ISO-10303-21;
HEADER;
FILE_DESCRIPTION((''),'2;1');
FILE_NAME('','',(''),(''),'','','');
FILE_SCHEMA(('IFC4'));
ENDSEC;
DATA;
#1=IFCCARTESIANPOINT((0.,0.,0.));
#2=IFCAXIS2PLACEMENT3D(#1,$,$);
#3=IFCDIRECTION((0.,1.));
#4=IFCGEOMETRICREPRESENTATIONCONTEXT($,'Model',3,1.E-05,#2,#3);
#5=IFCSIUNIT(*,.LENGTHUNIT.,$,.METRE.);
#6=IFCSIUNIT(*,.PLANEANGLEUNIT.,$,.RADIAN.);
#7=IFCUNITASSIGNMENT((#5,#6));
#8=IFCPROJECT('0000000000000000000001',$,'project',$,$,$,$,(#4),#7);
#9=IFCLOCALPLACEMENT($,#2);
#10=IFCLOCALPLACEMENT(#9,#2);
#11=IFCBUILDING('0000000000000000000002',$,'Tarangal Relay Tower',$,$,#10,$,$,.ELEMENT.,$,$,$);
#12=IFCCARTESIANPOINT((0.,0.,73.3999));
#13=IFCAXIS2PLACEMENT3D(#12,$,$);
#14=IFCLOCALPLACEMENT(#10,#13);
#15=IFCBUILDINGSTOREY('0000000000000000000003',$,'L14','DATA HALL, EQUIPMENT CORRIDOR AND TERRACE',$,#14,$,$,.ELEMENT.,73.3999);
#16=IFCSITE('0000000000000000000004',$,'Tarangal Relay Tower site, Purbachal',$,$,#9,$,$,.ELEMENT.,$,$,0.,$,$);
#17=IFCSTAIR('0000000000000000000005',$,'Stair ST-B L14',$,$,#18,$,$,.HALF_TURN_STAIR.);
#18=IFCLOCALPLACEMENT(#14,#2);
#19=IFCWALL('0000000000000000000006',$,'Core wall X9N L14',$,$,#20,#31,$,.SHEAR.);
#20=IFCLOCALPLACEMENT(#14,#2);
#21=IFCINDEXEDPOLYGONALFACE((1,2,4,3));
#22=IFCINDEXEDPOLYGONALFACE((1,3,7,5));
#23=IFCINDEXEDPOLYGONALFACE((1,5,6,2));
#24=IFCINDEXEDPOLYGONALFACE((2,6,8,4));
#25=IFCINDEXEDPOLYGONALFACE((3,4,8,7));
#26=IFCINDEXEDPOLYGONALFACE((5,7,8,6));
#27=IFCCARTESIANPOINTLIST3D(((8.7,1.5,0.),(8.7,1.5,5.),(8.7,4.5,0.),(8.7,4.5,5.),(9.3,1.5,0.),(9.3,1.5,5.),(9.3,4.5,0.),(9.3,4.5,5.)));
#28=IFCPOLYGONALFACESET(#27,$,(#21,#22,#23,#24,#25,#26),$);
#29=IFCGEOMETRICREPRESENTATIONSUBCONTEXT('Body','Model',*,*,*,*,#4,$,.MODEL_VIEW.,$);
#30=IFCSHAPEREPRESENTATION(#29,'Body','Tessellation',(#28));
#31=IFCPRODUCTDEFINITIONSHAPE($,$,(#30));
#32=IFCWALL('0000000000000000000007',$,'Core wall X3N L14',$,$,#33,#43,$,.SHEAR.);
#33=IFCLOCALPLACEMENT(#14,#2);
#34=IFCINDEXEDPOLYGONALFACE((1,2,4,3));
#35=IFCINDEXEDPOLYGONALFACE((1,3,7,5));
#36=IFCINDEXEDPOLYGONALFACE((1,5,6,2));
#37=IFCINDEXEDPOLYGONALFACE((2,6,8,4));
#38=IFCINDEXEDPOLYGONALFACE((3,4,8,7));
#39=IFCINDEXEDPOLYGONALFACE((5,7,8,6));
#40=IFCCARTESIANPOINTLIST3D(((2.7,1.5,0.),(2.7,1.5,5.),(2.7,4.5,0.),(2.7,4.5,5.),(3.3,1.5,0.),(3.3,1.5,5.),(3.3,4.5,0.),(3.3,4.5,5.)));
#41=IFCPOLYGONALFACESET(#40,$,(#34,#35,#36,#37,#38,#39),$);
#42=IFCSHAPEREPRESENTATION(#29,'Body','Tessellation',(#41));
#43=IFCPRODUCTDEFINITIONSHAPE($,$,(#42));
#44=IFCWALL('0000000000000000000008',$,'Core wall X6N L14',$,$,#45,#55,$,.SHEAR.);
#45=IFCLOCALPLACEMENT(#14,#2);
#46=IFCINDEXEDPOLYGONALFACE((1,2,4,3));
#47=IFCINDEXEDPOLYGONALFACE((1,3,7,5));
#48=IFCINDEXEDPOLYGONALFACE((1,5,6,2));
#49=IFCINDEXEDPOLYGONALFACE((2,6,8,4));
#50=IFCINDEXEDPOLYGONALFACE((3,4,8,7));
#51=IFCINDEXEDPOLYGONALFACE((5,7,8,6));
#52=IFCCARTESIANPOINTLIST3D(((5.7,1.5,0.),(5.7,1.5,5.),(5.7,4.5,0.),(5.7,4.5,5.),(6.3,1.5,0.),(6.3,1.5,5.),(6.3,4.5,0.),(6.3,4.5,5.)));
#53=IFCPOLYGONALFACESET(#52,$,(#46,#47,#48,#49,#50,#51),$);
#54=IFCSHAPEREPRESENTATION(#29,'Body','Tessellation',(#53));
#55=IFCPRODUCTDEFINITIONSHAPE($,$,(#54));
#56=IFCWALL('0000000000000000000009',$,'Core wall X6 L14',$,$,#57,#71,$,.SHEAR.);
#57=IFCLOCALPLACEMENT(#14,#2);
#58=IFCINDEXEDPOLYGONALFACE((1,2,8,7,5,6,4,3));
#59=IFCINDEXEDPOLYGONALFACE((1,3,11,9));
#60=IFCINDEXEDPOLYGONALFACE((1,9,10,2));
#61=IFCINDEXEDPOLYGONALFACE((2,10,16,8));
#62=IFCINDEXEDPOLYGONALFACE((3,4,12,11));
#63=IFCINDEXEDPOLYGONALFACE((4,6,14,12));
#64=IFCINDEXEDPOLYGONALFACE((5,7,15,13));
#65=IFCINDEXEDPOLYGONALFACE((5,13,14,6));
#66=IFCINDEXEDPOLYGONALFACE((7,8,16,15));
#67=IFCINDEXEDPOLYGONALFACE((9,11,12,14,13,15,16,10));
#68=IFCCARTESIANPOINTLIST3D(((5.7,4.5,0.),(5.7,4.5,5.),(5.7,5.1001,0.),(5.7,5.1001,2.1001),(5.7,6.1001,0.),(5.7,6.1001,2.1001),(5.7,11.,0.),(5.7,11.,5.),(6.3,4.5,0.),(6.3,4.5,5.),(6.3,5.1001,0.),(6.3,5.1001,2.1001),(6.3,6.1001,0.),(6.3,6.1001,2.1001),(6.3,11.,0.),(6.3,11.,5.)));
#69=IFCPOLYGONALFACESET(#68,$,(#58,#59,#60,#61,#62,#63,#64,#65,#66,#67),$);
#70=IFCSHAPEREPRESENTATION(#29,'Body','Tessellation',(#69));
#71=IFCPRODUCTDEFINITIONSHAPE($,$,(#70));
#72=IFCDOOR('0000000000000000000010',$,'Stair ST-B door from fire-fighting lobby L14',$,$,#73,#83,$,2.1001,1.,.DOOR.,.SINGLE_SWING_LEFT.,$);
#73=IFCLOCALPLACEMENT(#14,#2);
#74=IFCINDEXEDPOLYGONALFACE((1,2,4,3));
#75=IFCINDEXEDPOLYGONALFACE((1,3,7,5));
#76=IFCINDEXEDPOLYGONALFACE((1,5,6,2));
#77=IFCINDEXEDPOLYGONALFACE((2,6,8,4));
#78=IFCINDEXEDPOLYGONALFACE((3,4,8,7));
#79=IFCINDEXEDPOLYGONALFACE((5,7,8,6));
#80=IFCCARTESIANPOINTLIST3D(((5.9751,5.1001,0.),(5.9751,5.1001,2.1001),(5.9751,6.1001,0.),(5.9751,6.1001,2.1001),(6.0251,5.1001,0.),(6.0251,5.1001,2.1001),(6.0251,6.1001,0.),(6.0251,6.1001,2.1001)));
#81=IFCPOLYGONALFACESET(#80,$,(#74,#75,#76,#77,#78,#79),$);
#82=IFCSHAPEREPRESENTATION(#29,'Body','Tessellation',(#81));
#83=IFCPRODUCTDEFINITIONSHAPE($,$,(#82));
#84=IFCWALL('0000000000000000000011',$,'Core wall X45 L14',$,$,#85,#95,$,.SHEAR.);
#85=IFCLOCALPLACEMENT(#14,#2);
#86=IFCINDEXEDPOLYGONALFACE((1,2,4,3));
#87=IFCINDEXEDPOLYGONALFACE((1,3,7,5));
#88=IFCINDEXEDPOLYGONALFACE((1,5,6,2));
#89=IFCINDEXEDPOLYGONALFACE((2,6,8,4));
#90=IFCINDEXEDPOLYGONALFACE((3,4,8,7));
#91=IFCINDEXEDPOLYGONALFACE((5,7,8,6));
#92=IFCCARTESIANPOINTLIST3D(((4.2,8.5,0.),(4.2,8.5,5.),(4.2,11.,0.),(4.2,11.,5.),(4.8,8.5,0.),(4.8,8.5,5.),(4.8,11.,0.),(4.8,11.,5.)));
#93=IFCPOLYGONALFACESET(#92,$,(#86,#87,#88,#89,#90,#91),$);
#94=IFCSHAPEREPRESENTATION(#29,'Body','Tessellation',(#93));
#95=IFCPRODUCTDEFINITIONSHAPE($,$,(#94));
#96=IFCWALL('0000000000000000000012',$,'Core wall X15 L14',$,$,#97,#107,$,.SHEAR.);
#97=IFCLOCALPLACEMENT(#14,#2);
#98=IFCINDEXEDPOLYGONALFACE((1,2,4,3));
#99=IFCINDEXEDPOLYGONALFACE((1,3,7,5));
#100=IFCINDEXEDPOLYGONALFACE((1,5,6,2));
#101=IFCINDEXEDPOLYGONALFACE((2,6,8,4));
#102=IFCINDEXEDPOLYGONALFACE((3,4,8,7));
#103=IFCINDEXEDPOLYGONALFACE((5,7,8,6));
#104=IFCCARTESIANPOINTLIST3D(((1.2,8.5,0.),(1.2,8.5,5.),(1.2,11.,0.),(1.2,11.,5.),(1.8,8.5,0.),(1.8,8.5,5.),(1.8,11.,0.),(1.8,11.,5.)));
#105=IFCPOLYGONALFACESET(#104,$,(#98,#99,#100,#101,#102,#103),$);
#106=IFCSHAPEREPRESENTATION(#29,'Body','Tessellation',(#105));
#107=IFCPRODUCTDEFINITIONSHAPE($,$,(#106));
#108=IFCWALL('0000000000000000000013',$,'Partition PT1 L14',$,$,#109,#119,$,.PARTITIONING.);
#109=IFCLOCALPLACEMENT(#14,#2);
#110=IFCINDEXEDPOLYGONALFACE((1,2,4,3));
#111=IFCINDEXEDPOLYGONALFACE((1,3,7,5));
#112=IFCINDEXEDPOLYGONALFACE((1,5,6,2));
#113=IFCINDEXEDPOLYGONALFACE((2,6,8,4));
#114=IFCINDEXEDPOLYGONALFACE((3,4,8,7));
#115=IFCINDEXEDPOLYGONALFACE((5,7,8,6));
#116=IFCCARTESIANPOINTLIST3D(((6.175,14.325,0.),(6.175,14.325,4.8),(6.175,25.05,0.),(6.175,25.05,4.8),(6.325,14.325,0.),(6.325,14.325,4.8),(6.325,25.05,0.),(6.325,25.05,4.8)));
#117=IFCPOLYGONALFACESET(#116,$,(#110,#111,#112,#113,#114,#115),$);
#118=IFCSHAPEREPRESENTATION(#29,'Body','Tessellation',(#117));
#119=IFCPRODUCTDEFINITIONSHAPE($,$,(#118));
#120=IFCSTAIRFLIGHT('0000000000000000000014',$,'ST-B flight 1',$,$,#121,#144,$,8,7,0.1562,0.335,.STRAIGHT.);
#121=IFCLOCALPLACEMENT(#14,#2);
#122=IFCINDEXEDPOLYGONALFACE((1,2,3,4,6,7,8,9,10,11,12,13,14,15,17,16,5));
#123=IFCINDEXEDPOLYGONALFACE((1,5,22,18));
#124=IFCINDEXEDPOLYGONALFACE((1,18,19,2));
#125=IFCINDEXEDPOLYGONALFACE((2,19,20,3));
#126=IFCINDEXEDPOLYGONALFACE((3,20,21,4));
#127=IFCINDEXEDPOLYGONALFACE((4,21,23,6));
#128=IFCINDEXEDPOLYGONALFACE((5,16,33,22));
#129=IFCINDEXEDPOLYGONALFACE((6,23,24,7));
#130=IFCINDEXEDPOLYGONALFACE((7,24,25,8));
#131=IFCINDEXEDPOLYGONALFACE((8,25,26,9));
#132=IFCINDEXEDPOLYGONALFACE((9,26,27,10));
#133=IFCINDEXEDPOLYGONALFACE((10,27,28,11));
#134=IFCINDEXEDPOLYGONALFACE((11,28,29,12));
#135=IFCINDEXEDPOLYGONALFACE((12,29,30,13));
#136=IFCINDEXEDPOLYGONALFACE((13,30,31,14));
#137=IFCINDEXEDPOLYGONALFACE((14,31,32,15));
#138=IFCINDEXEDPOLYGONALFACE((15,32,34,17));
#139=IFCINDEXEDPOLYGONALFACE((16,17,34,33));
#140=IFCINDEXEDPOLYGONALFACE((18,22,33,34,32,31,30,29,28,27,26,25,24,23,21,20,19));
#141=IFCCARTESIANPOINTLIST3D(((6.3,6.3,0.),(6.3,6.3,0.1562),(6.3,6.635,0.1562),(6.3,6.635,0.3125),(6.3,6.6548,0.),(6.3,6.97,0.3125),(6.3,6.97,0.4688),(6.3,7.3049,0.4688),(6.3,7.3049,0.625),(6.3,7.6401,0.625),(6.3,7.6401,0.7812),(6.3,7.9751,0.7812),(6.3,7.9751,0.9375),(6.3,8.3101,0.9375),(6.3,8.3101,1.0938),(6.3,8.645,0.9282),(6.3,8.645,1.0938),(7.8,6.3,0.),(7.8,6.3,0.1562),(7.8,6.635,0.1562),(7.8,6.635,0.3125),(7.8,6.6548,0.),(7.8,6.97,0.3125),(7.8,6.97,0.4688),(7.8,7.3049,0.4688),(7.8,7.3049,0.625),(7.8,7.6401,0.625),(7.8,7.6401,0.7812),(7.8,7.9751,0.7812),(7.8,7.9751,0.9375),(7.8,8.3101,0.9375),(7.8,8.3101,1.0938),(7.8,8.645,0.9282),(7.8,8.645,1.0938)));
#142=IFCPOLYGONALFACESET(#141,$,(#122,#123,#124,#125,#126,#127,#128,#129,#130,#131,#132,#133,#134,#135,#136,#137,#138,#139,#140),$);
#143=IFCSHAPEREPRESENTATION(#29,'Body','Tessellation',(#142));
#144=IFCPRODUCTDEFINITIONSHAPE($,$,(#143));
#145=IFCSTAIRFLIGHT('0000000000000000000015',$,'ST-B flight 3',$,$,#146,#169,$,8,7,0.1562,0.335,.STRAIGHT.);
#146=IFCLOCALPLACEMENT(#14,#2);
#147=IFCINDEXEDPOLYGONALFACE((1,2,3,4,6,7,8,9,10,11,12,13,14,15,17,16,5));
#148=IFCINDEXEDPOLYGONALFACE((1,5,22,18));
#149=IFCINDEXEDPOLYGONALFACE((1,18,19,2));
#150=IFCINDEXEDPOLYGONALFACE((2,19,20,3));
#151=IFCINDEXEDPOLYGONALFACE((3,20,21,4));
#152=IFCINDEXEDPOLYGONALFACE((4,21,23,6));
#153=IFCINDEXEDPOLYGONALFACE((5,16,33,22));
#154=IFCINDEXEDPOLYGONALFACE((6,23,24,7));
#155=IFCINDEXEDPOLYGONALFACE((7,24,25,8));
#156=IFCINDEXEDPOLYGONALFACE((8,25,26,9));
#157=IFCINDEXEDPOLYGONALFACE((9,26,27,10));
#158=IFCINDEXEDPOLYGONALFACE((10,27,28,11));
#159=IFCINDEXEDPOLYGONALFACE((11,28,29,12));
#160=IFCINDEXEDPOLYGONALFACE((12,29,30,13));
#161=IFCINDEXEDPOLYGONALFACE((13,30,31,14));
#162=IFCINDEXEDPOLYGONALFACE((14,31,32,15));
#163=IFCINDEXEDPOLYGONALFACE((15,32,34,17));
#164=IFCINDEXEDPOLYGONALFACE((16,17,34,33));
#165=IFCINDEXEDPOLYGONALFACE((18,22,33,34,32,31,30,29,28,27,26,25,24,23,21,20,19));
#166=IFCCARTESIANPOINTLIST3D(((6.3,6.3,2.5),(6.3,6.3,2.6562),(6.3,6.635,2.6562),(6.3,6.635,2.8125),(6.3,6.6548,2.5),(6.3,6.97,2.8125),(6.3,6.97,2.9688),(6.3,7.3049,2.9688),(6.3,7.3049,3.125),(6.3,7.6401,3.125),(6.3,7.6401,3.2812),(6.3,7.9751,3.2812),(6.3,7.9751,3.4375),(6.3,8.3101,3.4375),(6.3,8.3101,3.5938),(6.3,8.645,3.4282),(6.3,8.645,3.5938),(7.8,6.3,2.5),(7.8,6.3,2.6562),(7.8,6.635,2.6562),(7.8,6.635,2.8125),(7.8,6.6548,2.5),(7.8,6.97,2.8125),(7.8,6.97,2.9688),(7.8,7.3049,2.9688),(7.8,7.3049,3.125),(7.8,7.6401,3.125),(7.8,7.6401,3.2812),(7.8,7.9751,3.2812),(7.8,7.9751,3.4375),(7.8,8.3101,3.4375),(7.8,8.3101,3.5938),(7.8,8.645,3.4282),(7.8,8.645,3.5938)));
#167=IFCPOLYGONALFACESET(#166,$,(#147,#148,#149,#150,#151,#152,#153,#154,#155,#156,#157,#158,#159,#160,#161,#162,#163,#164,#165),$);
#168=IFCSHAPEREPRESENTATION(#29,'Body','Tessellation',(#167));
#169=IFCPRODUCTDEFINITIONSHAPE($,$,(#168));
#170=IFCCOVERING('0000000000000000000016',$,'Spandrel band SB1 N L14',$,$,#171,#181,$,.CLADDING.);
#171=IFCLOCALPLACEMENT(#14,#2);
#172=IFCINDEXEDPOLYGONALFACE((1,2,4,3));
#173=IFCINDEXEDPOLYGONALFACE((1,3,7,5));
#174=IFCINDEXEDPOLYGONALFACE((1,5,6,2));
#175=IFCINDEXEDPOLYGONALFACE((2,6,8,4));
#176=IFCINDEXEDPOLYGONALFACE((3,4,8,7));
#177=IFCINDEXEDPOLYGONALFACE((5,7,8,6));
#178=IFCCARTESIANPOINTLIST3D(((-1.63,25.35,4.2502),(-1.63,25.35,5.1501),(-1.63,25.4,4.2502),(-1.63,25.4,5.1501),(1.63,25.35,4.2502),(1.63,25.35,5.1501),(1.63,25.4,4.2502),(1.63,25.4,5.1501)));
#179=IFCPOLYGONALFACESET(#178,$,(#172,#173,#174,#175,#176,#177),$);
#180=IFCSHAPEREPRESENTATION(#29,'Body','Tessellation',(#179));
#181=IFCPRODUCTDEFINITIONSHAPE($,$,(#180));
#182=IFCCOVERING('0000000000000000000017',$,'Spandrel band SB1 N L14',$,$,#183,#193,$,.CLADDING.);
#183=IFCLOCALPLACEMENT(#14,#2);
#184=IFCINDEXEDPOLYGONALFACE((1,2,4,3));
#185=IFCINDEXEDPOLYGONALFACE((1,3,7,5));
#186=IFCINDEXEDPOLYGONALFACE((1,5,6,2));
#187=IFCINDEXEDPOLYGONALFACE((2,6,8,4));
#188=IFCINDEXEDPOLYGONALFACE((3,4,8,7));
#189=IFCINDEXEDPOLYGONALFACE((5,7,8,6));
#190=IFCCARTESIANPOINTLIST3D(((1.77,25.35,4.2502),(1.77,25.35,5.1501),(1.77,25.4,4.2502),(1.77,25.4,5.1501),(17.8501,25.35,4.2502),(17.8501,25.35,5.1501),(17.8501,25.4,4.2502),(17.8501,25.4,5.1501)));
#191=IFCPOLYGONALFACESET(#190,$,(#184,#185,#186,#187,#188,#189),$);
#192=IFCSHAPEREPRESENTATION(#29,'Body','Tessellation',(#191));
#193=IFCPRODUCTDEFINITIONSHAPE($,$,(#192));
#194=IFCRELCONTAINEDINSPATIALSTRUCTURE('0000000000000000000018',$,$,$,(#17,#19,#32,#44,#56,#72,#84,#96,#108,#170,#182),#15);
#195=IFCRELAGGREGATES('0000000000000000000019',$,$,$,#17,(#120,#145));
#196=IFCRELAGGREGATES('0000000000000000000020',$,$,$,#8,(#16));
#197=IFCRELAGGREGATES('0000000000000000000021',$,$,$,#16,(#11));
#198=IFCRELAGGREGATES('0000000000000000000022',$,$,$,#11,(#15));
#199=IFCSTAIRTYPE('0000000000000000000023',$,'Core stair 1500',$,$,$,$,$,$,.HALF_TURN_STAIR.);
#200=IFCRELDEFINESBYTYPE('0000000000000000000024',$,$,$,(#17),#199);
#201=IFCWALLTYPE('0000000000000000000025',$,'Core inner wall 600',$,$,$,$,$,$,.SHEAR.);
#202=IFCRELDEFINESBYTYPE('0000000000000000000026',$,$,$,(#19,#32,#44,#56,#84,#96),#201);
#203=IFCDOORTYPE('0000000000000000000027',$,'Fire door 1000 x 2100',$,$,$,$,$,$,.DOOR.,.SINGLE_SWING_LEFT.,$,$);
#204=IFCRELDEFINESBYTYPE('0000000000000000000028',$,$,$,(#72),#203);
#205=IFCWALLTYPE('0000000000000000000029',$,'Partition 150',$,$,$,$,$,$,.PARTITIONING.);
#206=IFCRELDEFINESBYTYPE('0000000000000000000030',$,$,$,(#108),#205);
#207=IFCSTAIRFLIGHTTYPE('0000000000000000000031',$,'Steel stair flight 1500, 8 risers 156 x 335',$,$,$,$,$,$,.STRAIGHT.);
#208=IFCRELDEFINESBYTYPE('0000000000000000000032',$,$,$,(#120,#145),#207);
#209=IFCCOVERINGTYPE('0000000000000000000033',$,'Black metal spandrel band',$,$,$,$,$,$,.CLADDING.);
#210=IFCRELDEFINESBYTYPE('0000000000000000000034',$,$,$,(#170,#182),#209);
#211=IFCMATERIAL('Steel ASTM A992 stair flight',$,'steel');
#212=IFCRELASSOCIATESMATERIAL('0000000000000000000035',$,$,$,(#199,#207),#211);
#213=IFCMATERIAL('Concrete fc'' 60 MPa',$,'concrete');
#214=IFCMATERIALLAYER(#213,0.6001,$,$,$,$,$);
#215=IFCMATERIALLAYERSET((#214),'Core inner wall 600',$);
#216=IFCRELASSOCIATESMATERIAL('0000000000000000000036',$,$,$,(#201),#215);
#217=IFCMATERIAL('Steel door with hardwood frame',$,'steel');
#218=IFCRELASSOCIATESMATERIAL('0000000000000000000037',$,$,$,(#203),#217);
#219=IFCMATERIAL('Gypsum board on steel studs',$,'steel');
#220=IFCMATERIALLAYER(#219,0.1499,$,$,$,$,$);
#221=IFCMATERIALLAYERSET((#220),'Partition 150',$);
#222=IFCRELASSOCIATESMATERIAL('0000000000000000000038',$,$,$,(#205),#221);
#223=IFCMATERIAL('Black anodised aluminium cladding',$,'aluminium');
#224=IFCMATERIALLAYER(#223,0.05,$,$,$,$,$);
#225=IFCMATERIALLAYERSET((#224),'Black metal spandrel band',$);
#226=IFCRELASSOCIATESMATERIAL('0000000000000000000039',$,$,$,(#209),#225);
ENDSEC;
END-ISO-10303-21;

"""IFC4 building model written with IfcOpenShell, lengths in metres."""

from ifc_helpers import new_model, si_unit, direction, frame, frame_2d, origin, origin_2d, place, context, subcontext, project, spatial, polyline, rectangle, outline, extrude, material, layer, layer_set, type_object, element, fill, aggregate, save


model = new_model("IFC4")

# Units and contexts
model_context = context("Model", 3, precision=1e-05, world=origin(), true_north=direction((0.0, 1.0)))
body_context = subcontext(model_context, "Body", "Model", "MODEL_VIEW")
ifc_project = project(units=[si_unit("LENGTHUNIT", "METRE"), si_unit("PLANEANGLEUNIT", "RADIAN")], contexts=[model_context])

# Site, building, storey
site_placement = place(None, origin())
site = spatial("IfcSite", under=ifc_project, at=site_placement, Name="Tarangal Relay Tower site, Purbachal", CompositionType="ELEMENT", RefElevation=0.0)
building_placement = place(site_placement, origin())
building = spatial("IfcBuilding", under=site, at=building_placement, Name="Tarangal Relay Tower", CompositionType="ELEMENT")
storey_placement = place(building_placement, frame((0.0, 0.0, 73.3999)))
storey = spatial("IfcBuildingStorey", under=building, at=storey_placement, Name="L14", Description="DATA HALL, EQUIPMENT CORRIDOR AND TERRACE", CompositionType="ELEMENT", Elevation=73.3999)

# Stair
ifc_material_1 = material(Name="Steel ASTM A992 stair flight", Category="steel")
stair_type = type_object("IfcStairType", Name="Core stair 1500", PredefinedType="HALF_TURN_STAIR", material=ifc_material_1)
stair_1_placement = place(storey_placement, origin())
stair_1 = element("IfcStair", 1, at=stair_1_placement, inside=storey, type_object=stair_type, Name="Stair ST-B L14", PredefinedType="HALF_TURN_STAIR")

# Walls
ifc_material_2 = material(Name="Concrete fc' 60 MPa", Category="concrete")
ifc_layer_1 = layer(ifc_material_2, 0.6001)
ifc_layer_set_1 = layer_set([ifc_layer_1], Name="Core inner wall 600")
wall_type_1 = type_object("IfcWallType", Name="Core inner wall 600", PredefinedType="SHEAR", material=ifc_layer_set_1)
for number, where, z_axis, x_axis, name in (
    (2, (9.0, 1.5, 0.0), (0.0, 0.0, 1.0), (0.0, 1.0, 0.0), "Core wall X9N L14"),
    (3, (3.0, 1.5, 0.0), (0.0, 0.0, 1.0), (0.0, 1.0, 0.0), "Core wall X3N L14"),
    (4, (6.0, 1.5, 0.0), (0.0, 0.0, 1.0), (0.0, 1.0, 0.0), "Core wall X6N L14"),
):
    element("IfcWall", number, at=place(storey_placement, frame(where, z_axis=z_axis, x_axis=x_axis)), inside=storey, type_object=wall_type_1, Name=name, PredefinedType="SHEAR", context=body_context, shape_type="SweptSolid", body=[
        extrude(rectangle(XDim=3.0, YDim=0.6001, at=frame_2d((1.5, 0.0))), origin(), (0.0, 0.0, 1.0), 5.0),
    ])

# Wall, opening, door
wall_1_placement = place(storey_placement, frame((6.0, 4.5, 0.0), z_axis=(0.0, 0.0, 1.0), x_axis=(0.0, 1.0, 0.0)))
wall_1 = element("IfcWall", 5, at=wall_1_placement, inside=storey, type_object=wall_type_1, Name="Core wall X6 L14", PredefinedType="SHEAR", context=body_context, shape_type="SweptSolid", body=[
    extrude(rectangle(XDim=6.5, YDim=0.6001, at=frame_2d((3.25, 0.0))), origin(), (0.0, 0.0, 1.0), 5.0),
])
opening_placement = place(wall_1_placement, frame((0.6001, 0.0, 0.0)))
opening = element("IfcOpeningElement", 6, at=opening_placement, cuts=wall_1, PredefinedType="OPENING", context=body_context, shape_type="SweptSolid", body=[
    extrude(rectangle(XDim=1.0, YDim=2.1001, at=frame_2d((0.5, 1.05))), frame((0.0, 0.3101, 0.0), z_axis=(0.0, -1.0, 0.0), x_axis=(1.0, 0.0, 0.0)), (0.0, 0.0, 1.0), 0.6201),
])
ifc_material_3 = material(Name="Steel door with hardwood frame", Category="steel")
door_type = type_object("IfcDoorType", Name="Fire door 1000 x 2100", OperationType="SINGLE_SWING_LEFT", PredefinedType="DOOR", material=ifc_material_3)
door_placement = place(opening_placement, origin())
door = element("IfcDoor", 7, at=door_placement, inside=storey, type_object=door_type, Name="Stair ST-B door from fire-fighting lobby L14", OperationType="SINGLE_SWING_LEFT", OverallHeight=2.1001, OverallWidth=1.0, PredefinedType="DOOR", context=body_context, shape_type="SweptSolid", body=[
    extrude(rectangle(XDim=1.0, YDim=2.1001, at=frame_2d((0.5, 1.05))), frame((0.0, 0.0249, 0.0), z_axis=(0.0, -1.0, 0.0), x_axis=(1.0, 0.0, 0.0)), (0.0, 0.0, 1.0), 0.05),
])
fill(opening, door)

# Walls
for number, where, z_axis, x_axis, name in (
    (8, (4.5, 8.5, 0.0), (0.0, 0.0, 1.0), (0.0, 1.0, 0.0), "Core wall X45 L14"),
    (9, (1.5, 8.5, 0.0), (0.0, 0.0, 1.0), (0.0, 1.0, 0.0), "Core wall X15 L14"),
):
    element("IfcWall", number, at=place(storey_placement, frame(where, z_axis=z_axis, x_axis=x_axis)), inside=storey, type_object=wall_type_1, Name=name, PredefinedType="SHEAR", context=body_context, shape_type="SweptSolid", body=[
        extrude(rectangle(XDim=2.5, YDim=0.6001, at=frame_2d((1.25, 0.0))), origin(), (0.0, 0.0, 1.0), 5.0),
    ])
ifc_material_4 = material(Name="Gypsum board on steel studs", Category="steel")
ifc_layer_2 = layer(ifc_material_4, 0.1499)
ifc_layer_set_2 = layer_set([ifc_layer_2], Name="Partition 150")
wall_type_2 = type_object("IfcWallType", Name="Partition 150", PredefinedType="PARTITIONING", material=ifc_layer_set_2)
wall_2_placement = place(storey_placement, frame((6.25, 14.325, 0.0), z_axis=(0.0, 0.0, 1.0), x_axis=(0.0, 1.0, 0.0)))
element("IfcWall", 10, at=wall_2_placement, inside=storey, type_object=wall_type_2, Name="Partition PT1 L14", PredefinedType="PARTITIONING", context=body_context, shape_type="SweptSolid", body=[
    extrude(rectangle(XDim=10.7251, YDim=0.1499, at=frame_2d((5.3625, 0.0))), origin(), (0.0, 0.0, 1.0), 4.8),
])

# Stair flights
stair_flight_type = type_object("IfcStairFlightType", Name="Steel stair flight 1500, 8 risers 156 x 335", PredefinedType="STRAIGHT", material=ifc_material_1)
stair_flight_1_placement = place(storey_placement, frame((7.05, 6.3, 0.0), z_axis=(0.0, 0.0, 1.0), x_axis=(0.0, 1.0, 0.0)))
stair_flight_1 = element("IfcStairFlight", 11, at=stair_flight_1_placement, type_object=stair_flight_type, Name="ST-B flight 1", NumberOfRisers=8, NumberOfTreads=7, PredefinedType="STRAIGHT", RiserHeight=0.1562, TreadLength=0.335, context=body_context, shape_type="SweptSolid", body=[
    extrude(outline(polyline([(0.0, 0.0), (0.0, 0.1562), (0.335, 0.1562), (0.335, 0.3125), (0.6699, 0.3125), (0.6699, 0.4688), (1.0049, 0.4688), (1.0049, 0.625), (1.3401, 0.625), (1.3401, 0.7812), (1.675, 0.7812), (1.675, 0.9375), (2.01, 0.9375), (2.01, 1.0938), (2.345, 1.0938), (2.345, 1.25), (2.345, 0.9282), (0.3547, 0.0), (0.0, 0.0)])), frame((0.0, 0.75, 0.0), z_axis=(0.0, -1.0, 0.0), x_axis=(1.0, 0.0, 0.0)), (0.0, 0.0, 1.0), 1.5),
])
stair_flight_2_placement = place(storey_placement, frame((7.05, 6.3, 2.5), z_axis=(0.0, 0.0, 1.0), x_axis=(0.0, 1.0, 0.0)))
stair_flight_2 = element("IfcStairFlight", 12, at=stair_flight_2_placement, type_object=stair_flight_type, Name="ST-B flight 3", NumberOfRisers=8, NumberOfTreads=7, PredefinedType="STRAIGHT", RiserHeight=0.1562, TreadLength=0.335, context=body_context, shape_type="SweptSolid", body=[
    extrude(outline(polyline([(0.0, 0.0), (0.0, 0.1562), (0.335, 0.1562), (0.335, 0.3125), (0.6699, 0.3125), (0.6699, 0.4688), (1.0049, 0.4688), (1.0049, 0.625), (1.3401, 0.625), (1.3401, 0.7812), (1.675, 0.7812), (1.675, 0.9375), (2.01, 0.9375), (2.01, 1.0938), (2.345, 1.0938), (2.345, 1.25), (2.345, 0.9282), (0.3547, 0.0), (0.0, 0.0)])), frame((0.0, 0.75, 0.0), z_axis=(0.0, -1.0, 0.0), x_axis=(1.0, 0.0, 0.0)), (0.0, 0.0, 1.0), 1.5),
])
aggregate(stair_1, [stair_flight_1, stair_flight_2])

# Coverings
ifc_material_5 = material(Name="Black anodised aluminium cladding", Category="aluminium")
ifc_layer_3 = layer(ifc_material_5, 0.05)
ifc_layer_set_3 = layer_set([ifc_layer_3], Name="Black metal spandrel band")
covering_type = type_object("IfcCoveringType", Name="Black metal spandrel band", PredefinedType="CLADDING", material=ifc_layer_set_3)
covering_1_placement = place(storey_placement, frame((0.0, 25.375, 4.2502), z_axis=(0.0, 0.0, 1.0), x_axis=(1.0, 0.0, 0.0)))
element("IfcCovering", 13, at=covering_1_placement, inside=storey, type_object=covering_type, Name="Spandrel band SB1 N L14", PredefinedType="CLADDING", context=body_context, shape_type="SweptSolid", body=[
    extrude(rectangle(XDim=3.26, YDim=0.05, at=origin_2d()), origin(), (0.0, 0.0, 1.0), 0.8999),
])
covering_2_placement = place(storey_placement, frame((9.8101, 25.375, 4.2502), z_axis=(0.0, 0.0, 1.0), x_axis=(1.0, 0.0, 0.0)))
element("IfcCovering", 14, at=covering_2_placement, inside=storey, type_object=covering_type, Name="Spandrel band SB1 N L14", PredefinedType="CLADDING", context=body_context, shape_type="SweptSolid", body=[
    extrude(rectangle(XDim=16.0801, YDim=0.05, at=origin_2d()), origin(), (0.0, 0.0, 1.0), 0.8999),
])

save(model, "model.ifc")
